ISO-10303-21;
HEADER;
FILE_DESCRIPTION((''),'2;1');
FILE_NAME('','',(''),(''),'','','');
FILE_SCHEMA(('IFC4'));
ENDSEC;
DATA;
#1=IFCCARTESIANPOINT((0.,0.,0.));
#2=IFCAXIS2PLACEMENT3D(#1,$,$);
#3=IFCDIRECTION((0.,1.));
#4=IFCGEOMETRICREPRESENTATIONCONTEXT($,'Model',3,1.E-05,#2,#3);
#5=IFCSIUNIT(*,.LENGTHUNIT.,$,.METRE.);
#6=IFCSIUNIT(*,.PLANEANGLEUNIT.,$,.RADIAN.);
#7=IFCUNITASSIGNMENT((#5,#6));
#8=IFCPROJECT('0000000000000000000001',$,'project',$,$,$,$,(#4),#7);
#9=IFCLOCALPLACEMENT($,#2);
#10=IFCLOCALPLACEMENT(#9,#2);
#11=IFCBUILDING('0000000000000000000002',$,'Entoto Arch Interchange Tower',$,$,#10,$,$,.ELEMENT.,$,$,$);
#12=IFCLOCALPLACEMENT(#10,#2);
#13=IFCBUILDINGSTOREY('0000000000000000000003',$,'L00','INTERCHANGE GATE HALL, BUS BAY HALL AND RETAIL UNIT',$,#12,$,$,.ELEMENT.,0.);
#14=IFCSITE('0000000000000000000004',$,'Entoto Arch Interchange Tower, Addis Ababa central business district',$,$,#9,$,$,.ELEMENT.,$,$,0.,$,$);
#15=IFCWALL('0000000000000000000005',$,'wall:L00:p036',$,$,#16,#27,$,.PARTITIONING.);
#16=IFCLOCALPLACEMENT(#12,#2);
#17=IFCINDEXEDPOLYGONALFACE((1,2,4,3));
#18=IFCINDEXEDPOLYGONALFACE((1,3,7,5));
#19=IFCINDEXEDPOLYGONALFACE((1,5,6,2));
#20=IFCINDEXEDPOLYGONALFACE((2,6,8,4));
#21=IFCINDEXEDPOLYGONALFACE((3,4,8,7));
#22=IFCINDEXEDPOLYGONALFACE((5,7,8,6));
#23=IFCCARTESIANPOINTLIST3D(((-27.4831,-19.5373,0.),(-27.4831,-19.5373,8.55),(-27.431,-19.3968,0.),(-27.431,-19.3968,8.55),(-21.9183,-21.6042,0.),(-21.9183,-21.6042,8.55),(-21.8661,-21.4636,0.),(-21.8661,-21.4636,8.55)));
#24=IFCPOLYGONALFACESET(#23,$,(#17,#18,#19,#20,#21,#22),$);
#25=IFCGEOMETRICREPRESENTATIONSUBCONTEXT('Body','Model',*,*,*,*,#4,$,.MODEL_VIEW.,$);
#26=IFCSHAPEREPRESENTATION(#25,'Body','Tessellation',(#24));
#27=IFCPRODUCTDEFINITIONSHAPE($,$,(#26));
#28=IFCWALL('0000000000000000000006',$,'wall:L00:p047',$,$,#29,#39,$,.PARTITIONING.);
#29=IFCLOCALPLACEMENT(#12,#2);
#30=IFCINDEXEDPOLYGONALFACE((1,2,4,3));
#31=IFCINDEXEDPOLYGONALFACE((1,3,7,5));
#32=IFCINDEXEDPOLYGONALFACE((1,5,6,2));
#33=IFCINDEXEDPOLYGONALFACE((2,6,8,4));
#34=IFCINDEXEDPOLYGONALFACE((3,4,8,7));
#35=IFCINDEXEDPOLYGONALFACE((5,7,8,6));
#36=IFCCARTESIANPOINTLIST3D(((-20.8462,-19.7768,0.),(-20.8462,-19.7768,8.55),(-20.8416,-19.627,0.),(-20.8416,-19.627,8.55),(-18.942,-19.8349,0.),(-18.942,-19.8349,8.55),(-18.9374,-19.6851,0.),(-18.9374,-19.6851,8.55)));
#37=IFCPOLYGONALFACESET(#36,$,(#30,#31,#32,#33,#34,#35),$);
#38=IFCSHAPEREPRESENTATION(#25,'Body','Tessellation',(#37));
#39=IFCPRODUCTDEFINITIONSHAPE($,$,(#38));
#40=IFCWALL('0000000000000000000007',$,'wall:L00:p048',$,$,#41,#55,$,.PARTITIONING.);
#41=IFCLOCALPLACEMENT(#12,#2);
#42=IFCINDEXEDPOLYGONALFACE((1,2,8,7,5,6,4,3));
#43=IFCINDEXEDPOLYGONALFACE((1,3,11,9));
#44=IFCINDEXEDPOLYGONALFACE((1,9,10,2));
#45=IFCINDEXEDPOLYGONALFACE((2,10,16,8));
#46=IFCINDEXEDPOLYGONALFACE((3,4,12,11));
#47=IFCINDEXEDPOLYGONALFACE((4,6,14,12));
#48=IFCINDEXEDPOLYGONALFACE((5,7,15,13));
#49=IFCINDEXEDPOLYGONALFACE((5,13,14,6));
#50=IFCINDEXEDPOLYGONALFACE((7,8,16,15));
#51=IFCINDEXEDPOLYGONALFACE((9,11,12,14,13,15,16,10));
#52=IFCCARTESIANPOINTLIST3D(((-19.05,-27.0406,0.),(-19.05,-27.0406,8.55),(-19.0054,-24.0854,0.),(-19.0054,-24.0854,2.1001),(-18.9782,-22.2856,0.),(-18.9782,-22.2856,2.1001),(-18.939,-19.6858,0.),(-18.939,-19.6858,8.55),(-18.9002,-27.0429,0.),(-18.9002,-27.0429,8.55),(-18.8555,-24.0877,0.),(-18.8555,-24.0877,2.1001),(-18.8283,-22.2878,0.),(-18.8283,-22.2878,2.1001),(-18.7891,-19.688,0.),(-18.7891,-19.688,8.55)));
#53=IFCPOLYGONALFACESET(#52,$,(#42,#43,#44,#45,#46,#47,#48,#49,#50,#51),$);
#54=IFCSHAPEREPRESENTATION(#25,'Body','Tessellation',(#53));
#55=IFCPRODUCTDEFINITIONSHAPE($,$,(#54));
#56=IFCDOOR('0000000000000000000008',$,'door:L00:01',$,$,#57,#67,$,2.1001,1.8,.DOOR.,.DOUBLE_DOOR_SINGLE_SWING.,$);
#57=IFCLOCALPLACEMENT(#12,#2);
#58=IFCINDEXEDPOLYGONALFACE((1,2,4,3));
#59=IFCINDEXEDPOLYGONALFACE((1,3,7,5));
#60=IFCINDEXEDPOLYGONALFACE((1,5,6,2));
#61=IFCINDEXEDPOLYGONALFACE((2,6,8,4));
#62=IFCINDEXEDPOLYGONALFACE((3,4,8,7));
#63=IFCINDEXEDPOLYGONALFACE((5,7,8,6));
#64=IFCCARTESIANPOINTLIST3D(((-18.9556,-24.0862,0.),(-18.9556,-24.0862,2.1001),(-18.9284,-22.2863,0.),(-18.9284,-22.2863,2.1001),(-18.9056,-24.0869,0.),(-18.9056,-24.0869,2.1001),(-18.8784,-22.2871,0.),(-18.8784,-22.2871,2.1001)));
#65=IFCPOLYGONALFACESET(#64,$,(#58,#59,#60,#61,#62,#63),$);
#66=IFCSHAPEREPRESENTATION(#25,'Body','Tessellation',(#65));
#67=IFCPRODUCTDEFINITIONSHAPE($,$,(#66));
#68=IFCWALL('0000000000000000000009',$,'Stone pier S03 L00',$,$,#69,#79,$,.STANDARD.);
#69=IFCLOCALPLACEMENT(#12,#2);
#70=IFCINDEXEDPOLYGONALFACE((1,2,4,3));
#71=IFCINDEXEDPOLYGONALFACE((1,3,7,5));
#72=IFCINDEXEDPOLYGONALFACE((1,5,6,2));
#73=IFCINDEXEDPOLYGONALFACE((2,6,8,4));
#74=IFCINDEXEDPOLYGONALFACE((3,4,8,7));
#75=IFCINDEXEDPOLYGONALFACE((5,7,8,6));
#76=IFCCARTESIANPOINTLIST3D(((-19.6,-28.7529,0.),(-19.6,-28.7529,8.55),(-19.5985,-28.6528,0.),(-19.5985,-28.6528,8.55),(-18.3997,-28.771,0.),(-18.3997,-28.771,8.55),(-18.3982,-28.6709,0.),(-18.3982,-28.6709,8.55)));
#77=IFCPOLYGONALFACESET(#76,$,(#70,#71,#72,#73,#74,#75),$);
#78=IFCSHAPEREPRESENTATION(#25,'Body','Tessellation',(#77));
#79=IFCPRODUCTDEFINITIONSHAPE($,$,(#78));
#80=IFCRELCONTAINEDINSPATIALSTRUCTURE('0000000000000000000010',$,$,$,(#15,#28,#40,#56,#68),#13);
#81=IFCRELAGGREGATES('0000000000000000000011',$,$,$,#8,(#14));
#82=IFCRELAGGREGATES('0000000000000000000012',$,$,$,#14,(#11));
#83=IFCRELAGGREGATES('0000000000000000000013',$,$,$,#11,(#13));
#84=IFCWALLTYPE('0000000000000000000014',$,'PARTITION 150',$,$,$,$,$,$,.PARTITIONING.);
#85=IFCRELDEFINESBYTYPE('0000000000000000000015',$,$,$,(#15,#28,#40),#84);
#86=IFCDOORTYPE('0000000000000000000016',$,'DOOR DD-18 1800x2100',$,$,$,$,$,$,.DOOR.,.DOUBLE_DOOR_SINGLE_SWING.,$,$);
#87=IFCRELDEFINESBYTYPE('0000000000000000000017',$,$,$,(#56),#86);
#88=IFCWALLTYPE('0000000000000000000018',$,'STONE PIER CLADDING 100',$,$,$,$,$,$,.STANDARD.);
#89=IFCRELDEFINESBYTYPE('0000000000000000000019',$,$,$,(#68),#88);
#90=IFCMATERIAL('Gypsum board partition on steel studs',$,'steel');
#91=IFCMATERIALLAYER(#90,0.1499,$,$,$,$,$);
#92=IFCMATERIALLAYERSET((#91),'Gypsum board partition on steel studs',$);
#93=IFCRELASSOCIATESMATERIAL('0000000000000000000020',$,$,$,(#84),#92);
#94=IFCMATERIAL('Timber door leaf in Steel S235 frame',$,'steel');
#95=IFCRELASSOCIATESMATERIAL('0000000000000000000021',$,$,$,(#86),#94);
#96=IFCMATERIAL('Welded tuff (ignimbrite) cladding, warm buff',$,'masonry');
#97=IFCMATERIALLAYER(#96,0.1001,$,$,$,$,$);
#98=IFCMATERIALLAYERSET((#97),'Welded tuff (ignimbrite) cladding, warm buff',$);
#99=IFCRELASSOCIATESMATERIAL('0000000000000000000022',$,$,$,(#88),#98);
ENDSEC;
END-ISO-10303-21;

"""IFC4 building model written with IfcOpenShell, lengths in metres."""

from ifc_helpers import new_model, si_unit, direction, frame, frame_2d, origin, place, context, subcontext, project, spatial, rectangle, extrude, material, layer, layer_set, type_object, element, fill, save


model = new_model("IFC4")

# Units and contexts
model_context = context("Model", 3, precision=1e-05, world=origin(), true_north=direction((0.0, 1.0)))
body_context = subcontext(model_context, "Body", "Model", "MODEL_VIEW")
ifc_project = project(units=[si_unit("LENGTHUNIT", "METRE"), si_unit("PLANEANGLEUNIT", "RADIAN")], contexts=[model_context])

# Site, building, storey
site_placement = place(None, origin())
site = spatial("IfcSite", under=ifc_project, at=site_placement, Name="Entoto Arch Interchange Tower, Addis Ababa central business district", CompositionType="ELEMENT", RefElevation=0.0)
building_placement = place(site_placement, origin())
building = spatial("IfcBuilding", under=site, at=building_placement, Name="Entoto Arch Interchange Tower", CompositionType="ELEMENT")
storey_placement = place(building_placement, origin())
storey = spatial("IfcBuildingStorey", under=building, at=storey_placement, Name="L00", Description="INTERCHANGE GATE HALL, BUS BAY HALL AND RETAIL UNIT", CompositionType="ELEMENT", Elevation=0.0)

# Walls
ifc_material_1 = material(Name="Gypsum board partition on steel studs", Category="steel")
ifc_layer_1 = layer(ifc_material_1, 0.1499)
ifc_layer_set_1 = layer_set([ifc_layer_1], Name="Gypsum board partition on steel studs")
wall_type_1 = type_object("IfcWallType", Name="PARTITION 150", PredefinedType="PARTITIONING", material=ifc_layer_set_1)
wall_1_placement = place(storey_placement, frame((-21.8921, -21.5339, 0.0), z_axis=(0.0, 0.0, 1.0), x_axis=(-0.93743, 0.348174, 0.0)))
element("IfcWall", 1, at=wall_1_placement, inside=storey, type_object=wall_type_1, Name="wall:L00:p036", PredefinedType="PARTITIONING", context=body_context, shape_type="SweptSolid", body=[
    extrude(rectangle(XDim=5.9363, YDim=0.1499, at=frame_2d((2.9683, 0.0))), origin(), (0.0, 0.0, 1.0), 8.55),
])
wall_2_placement = place(storey_placement, frame((-20.844, -19.7019, 0.0), z_axis=(0.0, 0.0, 1.0), x_axis=(0.999535, -0.030503, 0.0)))
element("IfcWall", 2, at=wall_2_placement, inside=storey, type_object=wall_type_1, Name="wall:L00:p047", PredefinedType="PARTITIONING", context=body_context, shape_type="SweptSolid", body=[
    extrude(rectangle(XDim=1.905, YDim=0.1499, at=frame_2d((0.9526, 0.0))), origin(), (0.0, 0.0, 1.0), 8.55),
])

# Wall, opening, door
wall_3_placement = place(storey_placement, frame((-18.864, -19.687, 0.0), z_axis=(0.0, 0.0, 1.0), x_axis=(-0.015102, -0.999886, 0.0)))
wall_3 = element("IfcWall", 3, at=wall_3_placement, inside=storey, type_object=wall_type_1, Name="wall:L00:p048", PredefinedType="PARTITIONING", context=body_context, shape_type="SweptSolid", body=[
    extrude(rectangle(XDim=7.3557, YDim=0.1499, at=frame_2d((3.6777, 0.0))), origin(), (0.0, 0.0, 1.0), 8.55),
])
opening_placement = place(wall_3_placement, frame((2.6001, 0.0, 0.0)))
opening = element("IfcOpeningElement", 4, at=opening_placement, cuts=wall_3, PredefinedType="OPENING", context=body_context, shape_type="SweptSolid", body=[
    extrude(rectangle(XDim=1.8, YDim=2.1001, at=frame_2d((0.8999, 1.05))), frame((0.0, 0.085, 0.0), z_axis=(0.0, -1.0, 0.0), x_axis=(1.0, 0.0, 0.0)), (0.0, 0.0, 1.0), 0.1699),
])
ifc_material_2 = material(Name="Timber door leaf in Steel S235 frame", Category="steel")
door_type = type_object("IfcDoorType", Name="DOOR DD-18 1800x2100", OperationType="DOUBLE_DOOR_SINGLE_SWING", PredefinedType="DOOR", material=ifc_material_2)
door_placement = place(opening_placement, origin())
door = element("IfcDoor", 5, at=door_placement, inside=storey, type_object=door_type, Name="door:L00:01", OperationType="DOUBLE_DOOR_SINGLE_SWING", OverallHeight=2.1001, OverallWidth=1.8, PredefinedType="DOOR", context=body_context, shape_type="SweptSolid", body=[
    extrude(rectangle(XDim=1.8, YDim=2.1001, at=frame_2d((0.8999, 1.05))), frame((0.0, 0.0249, 0.0), z_axis=(0.0, -1.0, 0.0), x_axis=(1.0, 0.0, 0.0)), (0.0, 0.0, 1.0), 0.05),
])
fill(opening, door)

# Wall
ifc_material_3 = material(Name="Welded tuff (ignimbrite) cladding, warm buff", Category="masonry")
ifc_layer_2 = layer(ifc_material_3, 0.1001)
ifc_layer_set_2 = layer_set([ifc_layer_2], Name="Welded tuff (ignimbrite) cladding, warm buff")
wall_type_2 = type_object("IfcWallType", Name="STONE PIER CLADDING 100", PredefinedType="STANDARD", material=ifc_layer_set_2)
wall_4_placement = place(storey_placement, frame((-19.5991, -28.7029, 0.0), z_axis=(0.0, 0.0, 1.0), x_axis=(0.999887, -0.015051, 0.0)))
element("IfcWall", 6, at=wall_4_placement, inside=storey, type_object=wall_type_2, Name="Stone pier S03 L00", PredefinedType="STANDARD", context=body_context, shape_type="SweptSolid", body=[
    extrude(rectangle(XDim=1.2004, YDim=0.1001, at=frame_2d((0.6001, 0.0))), origin(), (0.0, 0.0, 1.0), 8.55),
])

save(model, "model.ifc")
